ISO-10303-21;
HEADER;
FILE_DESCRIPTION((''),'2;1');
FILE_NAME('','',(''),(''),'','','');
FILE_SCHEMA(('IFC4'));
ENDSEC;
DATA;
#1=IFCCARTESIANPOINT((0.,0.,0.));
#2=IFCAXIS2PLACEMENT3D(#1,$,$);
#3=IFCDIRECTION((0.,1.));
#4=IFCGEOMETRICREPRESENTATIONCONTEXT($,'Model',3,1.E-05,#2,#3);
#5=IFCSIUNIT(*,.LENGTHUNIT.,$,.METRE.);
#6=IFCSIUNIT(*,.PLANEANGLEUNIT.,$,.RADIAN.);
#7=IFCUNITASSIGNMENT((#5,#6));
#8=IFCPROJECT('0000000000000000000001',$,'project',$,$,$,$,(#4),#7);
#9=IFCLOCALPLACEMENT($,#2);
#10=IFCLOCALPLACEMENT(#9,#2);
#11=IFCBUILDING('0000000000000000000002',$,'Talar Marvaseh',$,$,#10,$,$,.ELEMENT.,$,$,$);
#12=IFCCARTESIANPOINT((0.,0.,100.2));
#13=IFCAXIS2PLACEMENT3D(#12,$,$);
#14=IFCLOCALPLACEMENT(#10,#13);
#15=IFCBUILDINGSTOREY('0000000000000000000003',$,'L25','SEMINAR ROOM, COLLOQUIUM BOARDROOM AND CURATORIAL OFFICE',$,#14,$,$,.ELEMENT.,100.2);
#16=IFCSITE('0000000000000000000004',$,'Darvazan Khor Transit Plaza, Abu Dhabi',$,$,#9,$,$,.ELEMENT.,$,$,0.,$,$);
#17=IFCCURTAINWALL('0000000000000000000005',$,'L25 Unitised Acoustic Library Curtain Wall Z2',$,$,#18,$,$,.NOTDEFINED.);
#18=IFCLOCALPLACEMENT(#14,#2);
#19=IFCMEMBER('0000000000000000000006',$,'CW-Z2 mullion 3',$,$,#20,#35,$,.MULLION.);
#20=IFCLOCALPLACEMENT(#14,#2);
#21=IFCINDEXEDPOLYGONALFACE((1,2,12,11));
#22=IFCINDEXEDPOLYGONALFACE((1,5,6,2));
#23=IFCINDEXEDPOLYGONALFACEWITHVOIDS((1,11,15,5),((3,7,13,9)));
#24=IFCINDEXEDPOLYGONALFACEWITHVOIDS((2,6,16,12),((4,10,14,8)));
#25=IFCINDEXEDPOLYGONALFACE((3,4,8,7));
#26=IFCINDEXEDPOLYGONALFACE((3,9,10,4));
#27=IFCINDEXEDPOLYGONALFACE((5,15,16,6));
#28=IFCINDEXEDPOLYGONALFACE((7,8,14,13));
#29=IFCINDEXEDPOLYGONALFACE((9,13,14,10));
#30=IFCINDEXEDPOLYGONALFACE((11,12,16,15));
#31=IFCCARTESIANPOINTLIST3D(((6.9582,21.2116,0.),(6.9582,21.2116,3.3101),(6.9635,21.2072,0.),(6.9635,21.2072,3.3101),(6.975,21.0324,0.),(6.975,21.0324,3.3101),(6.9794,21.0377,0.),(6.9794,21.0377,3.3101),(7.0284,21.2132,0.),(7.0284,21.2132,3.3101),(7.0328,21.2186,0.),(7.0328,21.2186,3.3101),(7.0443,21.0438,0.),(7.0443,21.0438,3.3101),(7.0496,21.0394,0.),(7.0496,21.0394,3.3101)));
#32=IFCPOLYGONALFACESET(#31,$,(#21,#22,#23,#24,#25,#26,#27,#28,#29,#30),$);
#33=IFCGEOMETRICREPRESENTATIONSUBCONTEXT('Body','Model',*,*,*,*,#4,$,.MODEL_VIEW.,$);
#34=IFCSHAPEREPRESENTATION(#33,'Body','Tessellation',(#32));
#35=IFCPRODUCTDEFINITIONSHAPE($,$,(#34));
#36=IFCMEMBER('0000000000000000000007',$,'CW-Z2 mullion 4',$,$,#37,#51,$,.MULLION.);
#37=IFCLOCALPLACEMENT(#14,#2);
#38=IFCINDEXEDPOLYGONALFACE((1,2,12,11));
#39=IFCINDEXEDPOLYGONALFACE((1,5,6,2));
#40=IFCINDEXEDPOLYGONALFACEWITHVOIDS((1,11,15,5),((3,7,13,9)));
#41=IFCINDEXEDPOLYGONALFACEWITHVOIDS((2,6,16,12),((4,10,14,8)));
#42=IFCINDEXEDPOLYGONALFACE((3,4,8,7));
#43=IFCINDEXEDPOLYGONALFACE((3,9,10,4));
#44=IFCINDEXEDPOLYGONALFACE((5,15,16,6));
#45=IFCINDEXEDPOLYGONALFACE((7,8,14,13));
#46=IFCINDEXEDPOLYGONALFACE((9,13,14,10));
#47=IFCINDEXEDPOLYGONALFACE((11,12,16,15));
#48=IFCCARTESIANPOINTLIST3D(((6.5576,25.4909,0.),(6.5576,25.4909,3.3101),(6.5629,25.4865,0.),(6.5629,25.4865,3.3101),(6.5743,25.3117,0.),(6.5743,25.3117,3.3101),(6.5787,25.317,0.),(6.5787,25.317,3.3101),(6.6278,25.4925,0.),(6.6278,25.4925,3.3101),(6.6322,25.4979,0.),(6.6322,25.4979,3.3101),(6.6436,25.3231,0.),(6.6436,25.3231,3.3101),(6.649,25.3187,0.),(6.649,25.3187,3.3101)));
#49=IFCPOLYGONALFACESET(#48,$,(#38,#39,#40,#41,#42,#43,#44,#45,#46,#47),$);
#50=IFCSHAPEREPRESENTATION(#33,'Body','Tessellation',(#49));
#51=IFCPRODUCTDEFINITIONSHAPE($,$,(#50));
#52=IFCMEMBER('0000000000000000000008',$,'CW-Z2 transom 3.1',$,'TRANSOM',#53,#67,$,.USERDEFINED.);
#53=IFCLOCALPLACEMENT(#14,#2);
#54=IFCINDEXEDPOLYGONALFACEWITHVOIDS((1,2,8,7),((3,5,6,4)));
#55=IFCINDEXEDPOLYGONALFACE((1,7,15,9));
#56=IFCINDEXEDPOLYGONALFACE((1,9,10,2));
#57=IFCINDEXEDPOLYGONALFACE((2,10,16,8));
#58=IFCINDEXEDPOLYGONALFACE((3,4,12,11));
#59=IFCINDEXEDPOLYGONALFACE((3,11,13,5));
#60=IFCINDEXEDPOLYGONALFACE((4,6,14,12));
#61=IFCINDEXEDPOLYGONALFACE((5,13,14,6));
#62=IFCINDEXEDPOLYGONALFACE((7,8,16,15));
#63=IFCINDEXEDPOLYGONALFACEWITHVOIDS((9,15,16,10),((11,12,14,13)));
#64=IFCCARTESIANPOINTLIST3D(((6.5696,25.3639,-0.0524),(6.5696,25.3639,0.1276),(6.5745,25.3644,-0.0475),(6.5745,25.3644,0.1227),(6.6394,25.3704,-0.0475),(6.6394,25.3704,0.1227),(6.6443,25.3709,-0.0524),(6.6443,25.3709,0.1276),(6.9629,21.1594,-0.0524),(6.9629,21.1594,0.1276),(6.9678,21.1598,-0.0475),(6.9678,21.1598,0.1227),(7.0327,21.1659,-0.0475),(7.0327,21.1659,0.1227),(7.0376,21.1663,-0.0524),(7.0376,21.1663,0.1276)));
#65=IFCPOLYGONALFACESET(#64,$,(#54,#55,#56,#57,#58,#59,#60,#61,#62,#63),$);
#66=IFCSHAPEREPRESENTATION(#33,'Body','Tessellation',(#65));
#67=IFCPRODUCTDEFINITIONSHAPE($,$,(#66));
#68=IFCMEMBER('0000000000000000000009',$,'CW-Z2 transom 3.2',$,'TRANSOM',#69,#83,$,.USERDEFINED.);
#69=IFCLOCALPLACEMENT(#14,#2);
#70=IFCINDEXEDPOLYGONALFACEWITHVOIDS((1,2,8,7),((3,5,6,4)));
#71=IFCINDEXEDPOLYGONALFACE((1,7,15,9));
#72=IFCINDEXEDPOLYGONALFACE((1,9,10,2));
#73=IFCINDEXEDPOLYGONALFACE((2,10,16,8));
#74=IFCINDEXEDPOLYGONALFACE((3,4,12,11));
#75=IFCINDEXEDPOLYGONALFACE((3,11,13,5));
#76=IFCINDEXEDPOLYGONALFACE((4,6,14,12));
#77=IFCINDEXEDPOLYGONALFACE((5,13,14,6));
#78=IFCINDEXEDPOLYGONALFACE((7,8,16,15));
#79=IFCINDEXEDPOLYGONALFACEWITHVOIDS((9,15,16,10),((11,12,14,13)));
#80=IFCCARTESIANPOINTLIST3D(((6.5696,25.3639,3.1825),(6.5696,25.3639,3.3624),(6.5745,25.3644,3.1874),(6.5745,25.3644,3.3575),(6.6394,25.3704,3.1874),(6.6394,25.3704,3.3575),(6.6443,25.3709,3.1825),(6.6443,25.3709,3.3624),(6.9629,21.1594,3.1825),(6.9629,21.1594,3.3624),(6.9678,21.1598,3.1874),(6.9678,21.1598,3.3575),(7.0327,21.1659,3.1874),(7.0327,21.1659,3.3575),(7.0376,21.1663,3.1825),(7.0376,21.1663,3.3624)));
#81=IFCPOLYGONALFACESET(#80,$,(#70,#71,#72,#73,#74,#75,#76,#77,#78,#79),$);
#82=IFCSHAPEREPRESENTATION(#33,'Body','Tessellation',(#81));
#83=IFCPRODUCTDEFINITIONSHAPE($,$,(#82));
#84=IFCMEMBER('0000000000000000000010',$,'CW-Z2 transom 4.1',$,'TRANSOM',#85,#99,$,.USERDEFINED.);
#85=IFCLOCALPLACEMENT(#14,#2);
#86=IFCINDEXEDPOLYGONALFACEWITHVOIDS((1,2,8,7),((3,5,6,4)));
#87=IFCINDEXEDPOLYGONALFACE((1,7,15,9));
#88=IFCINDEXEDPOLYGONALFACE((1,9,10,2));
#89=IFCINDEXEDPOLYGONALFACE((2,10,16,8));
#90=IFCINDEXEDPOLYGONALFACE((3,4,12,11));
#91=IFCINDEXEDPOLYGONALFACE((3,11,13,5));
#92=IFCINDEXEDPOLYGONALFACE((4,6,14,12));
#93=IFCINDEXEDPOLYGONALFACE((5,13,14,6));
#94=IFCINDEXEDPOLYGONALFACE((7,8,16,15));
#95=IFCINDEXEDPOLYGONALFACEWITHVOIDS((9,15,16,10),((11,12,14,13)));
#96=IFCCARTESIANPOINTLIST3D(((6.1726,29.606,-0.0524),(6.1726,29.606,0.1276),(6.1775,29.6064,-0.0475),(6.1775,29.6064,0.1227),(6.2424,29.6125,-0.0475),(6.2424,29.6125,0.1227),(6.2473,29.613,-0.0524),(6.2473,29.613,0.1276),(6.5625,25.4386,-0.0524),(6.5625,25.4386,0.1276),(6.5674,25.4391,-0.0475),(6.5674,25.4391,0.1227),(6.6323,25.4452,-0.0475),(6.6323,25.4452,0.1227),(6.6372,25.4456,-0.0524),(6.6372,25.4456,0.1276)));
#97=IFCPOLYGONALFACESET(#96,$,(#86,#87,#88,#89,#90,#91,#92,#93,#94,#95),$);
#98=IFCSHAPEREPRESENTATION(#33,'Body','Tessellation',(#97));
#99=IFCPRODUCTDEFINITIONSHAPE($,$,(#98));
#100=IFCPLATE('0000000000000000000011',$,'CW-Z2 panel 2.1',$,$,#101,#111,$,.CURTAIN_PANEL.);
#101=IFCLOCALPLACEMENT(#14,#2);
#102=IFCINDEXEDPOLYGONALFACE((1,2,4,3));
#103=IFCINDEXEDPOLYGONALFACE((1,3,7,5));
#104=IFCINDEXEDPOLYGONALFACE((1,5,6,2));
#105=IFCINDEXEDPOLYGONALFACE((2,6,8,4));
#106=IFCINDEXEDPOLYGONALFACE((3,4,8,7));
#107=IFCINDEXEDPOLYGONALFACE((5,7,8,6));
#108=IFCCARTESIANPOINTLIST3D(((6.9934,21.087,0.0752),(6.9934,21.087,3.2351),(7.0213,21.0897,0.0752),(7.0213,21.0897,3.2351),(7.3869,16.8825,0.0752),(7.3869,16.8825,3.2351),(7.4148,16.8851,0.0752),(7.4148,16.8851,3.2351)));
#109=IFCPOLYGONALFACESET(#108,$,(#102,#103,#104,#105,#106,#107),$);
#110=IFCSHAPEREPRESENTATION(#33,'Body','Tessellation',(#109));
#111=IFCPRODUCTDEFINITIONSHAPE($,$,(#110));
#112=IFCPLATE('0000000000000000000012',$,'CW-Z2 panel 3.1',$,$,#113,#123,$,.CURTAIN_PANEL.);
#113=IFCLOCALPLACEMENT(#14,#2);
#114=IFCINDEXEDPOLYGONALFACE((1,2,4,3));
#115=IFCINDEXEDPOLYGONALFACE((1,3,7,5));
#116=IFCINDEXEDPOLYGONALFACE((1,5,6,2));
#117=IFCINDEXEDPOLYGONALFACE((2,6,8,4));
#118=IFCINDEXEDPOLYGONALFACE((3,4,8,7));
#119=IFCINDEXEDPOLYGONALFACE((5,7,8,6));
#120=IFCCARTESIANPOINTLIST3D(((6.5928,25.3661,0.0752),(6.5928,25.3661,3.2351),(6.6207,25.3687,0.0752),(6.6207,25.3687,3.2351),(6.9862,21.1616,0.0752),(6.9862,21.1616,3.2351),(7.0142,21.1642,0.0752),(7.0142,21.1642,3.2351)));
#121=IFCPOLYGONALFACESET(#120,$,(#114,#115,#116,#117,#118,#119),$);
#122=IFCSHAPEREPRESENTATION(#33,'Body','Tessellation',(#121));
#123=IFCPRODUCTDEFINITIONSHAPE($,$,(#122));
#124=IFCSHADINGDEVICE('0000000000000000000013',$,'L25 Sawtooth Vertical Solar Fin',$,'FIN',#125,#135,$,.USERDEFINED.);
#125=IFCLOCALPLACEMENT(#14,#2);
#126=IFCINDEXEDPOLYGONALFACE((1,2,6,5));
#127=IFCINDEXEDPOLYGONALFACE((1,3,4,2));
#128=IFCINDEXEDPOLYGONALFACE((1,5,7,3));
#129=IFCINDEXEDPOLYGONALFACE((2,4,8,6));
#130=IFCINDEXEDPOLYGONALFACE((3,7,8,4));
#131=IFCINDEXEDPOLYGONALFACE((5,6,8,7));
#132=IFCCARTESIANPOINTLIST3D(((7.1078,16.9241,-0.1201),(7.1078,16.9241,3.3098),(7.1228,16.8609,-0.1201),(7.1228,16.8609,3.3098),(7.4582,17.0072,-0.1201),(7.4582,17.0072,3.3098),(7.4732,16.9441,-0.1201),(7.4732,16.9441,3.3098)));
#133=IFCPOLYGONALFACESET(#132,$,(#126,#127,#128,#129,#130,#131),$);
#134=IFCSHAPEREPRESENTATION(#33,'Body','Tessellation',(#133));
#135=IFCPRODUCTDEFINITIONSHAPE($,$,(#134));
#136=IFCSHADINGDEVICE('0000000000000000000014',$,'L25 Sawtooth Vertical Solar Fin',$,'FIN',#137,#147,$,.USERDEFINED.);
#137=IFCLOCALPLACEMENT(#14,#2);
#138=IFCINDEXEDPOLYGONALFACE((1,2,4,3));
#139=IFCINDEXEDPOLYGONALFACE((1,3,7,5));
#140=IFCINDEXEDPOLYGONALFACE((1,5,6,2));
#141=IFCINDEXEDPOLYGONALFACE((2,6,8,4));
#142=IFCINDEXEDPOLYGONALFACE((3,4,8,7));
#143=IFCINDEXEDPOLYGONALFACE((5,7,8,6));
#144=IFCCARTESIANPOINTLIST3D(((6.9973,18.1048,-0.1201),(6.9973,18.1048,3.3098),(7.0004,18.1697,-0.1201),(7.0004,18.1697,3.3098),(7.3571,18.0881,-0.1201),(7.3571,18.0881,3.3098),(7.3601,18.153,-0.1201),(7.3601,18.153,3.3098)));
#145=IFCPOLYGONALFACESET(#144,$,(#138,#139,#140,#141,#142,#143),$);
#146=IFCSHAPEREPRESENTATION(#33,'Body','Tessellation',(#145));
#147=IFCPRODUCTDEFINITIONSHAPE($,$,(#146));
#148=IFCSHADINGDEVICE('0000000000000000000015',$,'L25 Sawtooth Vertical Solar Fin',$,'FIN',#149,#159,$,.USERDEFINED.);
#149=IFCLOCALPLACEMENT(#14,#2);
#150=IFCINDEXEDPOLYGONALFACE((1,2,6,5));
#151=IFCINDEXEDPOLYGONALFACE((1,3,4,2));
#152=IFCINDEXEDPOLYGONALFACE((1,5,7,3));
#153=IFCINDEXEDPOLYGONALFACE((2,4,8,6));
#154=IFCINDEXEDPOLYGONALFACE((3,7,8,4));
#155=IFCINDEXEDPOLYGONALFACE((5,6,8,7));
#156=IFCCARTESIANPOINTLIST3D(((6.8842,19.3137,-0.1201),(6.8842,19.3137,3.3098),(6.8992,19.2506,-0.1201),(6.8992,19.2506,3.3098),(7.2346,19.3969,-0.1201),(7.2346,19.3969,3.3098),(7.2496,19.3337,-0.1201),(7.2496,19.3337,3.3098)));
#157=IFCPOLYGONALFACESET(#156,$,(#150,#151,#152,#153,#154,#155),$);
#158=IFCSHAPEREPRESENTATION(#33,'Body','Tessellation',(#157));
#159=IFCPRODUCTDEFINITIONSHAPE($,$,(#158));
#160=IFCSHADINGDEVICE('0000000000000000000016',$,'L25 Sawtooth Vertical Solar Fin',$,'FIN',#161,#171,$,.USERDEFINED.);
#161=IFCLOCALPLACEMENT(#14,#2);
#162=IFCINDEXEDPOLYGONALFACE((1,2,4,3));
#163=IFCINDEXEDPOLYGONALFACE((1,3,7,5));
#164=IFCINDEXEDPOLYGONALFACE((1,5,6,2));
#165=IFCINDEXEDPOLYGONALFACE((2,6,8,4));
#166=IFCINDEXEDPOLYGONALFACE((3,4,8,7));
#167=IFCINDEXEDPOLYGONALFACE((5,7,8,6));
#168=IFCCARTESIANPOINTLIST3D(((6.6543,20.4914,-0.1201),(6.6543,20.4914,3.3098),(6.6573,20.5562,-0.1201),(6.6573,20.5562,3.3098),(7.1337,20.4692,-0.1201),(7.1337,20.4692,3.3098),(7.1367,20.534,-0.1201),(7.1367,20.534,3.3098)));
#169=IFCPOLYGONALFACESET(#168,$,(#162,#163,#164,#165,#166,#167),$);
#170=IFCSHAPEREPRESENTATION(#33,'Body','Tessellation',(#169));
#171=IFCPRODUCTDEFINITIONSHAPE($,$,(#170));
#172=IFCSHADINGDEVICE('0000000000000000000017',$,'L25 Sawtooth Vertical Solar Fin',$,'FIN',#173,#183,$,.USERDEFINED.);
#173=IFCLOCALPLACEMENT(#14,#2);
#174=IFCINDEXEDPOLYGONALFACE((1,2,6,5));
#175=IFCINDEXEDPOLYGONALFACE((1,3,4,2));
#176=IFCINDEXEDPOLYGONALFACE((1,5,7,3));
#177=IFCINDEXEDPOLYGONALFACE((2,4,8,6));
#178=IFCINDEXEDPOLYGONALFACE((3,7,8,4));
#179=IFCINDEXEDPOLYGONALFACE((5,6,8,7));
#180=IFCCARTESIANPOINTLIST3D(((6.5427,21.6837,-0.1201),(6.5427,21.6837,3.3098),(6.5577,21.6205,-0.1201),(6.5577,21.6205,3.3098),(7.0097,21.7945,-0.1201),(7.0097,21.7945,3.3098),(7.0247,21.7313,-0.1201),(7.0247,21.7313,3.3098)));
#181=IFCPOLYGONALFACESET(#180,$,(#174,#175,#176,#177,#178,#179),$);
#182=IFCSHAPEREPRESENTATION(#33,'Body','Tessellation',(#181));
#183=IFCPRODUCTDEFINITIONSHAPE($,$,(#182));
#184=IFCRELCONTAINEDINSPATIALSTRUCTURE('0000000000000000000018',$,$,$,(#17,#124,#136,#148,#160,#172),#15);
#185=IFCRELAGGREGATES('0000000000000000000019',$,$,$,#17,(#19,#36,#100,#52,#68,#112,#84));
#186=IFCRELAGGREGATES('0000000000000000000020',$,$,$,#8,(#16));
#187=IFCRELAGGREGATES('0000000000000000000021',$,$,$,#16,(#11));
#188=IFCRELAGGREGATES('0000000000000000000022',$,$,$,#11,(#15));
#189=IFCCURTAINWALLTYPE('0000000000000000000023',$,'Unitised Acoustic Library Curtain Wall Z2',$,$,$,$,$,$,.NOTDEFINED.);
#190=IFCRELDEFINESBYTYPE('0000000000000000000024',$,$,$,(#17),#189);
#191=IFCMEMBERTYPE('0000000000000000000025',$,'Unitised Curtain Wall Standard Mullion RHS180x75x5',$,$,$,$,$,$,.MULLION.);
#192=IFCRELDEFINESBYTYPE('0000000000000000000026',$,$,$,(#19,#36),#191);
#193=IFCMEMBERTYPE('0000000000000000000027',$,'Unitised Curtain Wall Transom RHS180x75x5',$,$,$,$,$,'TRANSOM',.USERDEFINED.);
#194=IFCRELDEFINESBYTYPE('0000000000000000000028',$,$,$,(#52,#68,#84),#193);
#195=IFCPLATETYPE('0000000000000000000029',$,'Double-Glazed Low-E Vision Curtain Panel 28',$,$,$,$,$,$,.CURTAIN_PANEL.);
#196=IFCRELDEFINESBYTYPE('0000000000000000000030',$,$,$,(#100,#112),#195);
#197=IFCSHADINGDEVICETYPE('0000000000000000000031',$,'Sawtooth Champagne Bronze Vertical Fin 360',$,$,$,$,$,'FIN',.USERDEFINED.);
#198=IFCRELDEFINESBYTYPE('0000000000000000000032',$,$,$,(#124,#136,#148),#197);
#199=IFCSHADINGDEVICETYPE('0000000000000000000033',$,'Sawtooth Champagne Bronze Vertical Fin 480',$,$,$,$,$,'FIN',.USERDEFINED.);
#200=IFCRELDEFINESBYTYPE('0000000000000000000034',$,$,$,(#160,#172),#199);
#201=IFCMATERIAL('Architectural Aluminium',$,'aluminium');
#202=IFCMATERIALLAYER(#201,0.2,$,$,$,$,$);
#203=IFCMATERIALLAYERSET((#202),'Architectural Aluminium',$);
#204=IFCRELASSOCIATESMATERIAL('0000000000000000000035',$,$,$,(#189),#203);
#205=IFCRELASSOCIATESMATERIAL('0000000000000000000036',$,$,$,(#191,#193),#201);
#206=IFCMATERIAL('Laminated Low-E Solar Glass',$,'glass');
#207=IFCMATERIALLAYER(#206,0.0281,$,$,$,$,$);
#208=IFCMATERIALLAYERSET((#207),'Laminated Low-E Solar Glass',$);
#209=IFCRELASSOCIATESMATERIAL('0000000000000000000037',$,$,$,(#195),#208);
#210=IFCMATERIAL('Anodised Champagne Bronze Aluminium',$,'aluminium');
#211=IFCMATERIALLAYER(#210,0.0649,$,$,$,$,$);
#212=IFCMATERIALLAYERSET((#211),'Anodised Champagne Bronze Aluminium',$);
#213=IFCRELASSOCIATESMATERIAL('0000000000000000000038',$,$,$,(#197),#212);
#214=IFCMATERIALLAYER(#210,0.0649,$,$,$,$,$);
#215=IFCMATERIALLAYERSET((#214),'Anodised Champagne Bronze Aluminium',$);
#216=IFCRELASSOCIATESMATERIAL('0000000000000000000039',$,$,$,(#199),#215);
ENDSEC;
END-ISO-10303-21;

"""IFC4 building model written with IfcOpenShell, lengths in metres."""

from ifc_helpers import new_model, si_unit, direction, frame, origin, origin_2d, place, context, subcontext, project, spatial, rectangle, hollow_rectangle, extrude, source, transform, mapped, material, layer, layer_set, material_profile, profile_set, type_object, type_shapes, element, aggregate, save


model = new_model("IFC4")

# Units and contexts
model_context = context("Model", 3, precision=1e-05, world=origin(), true_north=direction((0.0, 1.0)))
body_context = subcontext(model_context, "Body", "Model", "MODEL_VIEW")
ifc_project = project(units=[si_unit("LENGTHUNIT", "METRE"), si_unit("PLANEANGLEUNIT", "RADIAN")], contexts=[model_context])

# Site, building, storey
site_placement = place(None, origin())
site = spatial("IfcSite", under=ifc_project, at=site_placement, Name="Darvazan Khor Transit Plaza, Abu Dhabi", CompositionType="ELEMENT", RefElevation=0.0)
building_placement = place(site_placement, origin())
building = spatial("IfcBuilding", under=site, at=building_placement, Name="Talar Marvaseh", CompositionType="ELEMENT")
storey_placement = place(building_placement, frame((0.0, 0.0, 100.2)))
storey = spatial("IfcBuildingStorey", under=building, at=storey_placement, Name="L25", Description="SEMINAR ROOM, COLLOQUIUM BOARDROOM AND CURATORIAL OFFICE", CompositionType="ELEMENT", Elevation=100.2)

# Curtain wall, members, plates
ifc_material_1 = material(Name="Architectural Aluminium", Category="aluminium")
ifc_layer_1 = layer(ifc_material_1, 0.2)
ifc_layer_set_1 = layer_set([ifc_layer_1], Name="Architectural Aluminium")
curtain_wall_type = type_object("IfcCurtainWallType", Name="Unitised Acoustic Library Curtain Wall Z2", PredefinedType="NOTDEFINED", material=ifc_layer_set_1)
curtain_wall_placement = place(storey_placement, origin())
curtain_wall = element("IfcCurtainWall", 1, at=curtain_wall_placement, inside=storey, type_object=curtain_wall_type, Name="L25 Unitised Acoustic Library Curtain Wall Z2", PredefinedType="NOTDEFINED")
ifc_material_profile_1 = material_profile(ifc_material_1, hollow_rectangle(XDim=0.075, YDim=0.1799, WallThickness=0.0049, at=origin_2d()), Name="RHS180x75x5")
ifc_profile_set_1 = profile_set([ifc_material_profile_1], Name="Architectural Aluminium")
member_type_1 = type_object("IfcMemberType", Name="Unitised Curtain Wall Standard Mullion RHS180x75x5", PredefinedType="MULLION", material=ifc_profile_set_1)
shared_shape_1 = source(origin(), body_context, "Body", "SweptSolid", [
    extrude(hollow_rectangle(XDim=0.075, YDim=0.1799, WallThickness=0.0049, at=origin_2d()), origin(), (0.0, 0.0, 1.0), 3.3101),
])
type_shapes(member_type_1, [shared_shape_1])
member_1_placement = place(storey_placement, frame((7.0039, 21.1255, 0.0), z_axis=(0.0, 0.0, 1.0), x_axis=(-0.99565, -0.093173, 0.0)))
member_1 = element("IfcMember", 2, at=member_1_placement, type_object=member_type_1, Name="CW-Z2 mullion 3", PredefinedType="MULLION", context=body_context, shape_type="MappedRepresentation", body=[
    mapped(shared_shape_1, transform((0.0, 0.0, 0.0), x_axis=(1.0, 0.0, 0.0), y_axis=(0.0, 1.0, 0.0), z_axis=(0.0, 0.0, 1.0), scale=1.0)),
])
member_2_placement = place(storey_placement, frame((6.6033, 25.4048, 0.0), z_axis=(0.0, 0.0, 1.0), x_axis=(-0.99565, -0.093173, 0.0)))
member_2 = element("IfcMember", 3, at=member_2_placement, type_object=member_type_1, Name="CW-Z2 mullion 4", PredefinedType="MULLION", context=body_context, shape_type="MappedRepresentation", body=[
    mapped(shared_shape_1, transform((0.0, 0.0, 0.0), x_axis=(1.0, 0.0, 0.0), y_axis=(0.0, 1.0, 0.0), z_axis=(0.0, 0.0, 1.0), scale=1.0)),
])
ifc_material_profile_2 = material_profile(ifc_material_1, hollow_rectangle(XDim=0.075, YDim=0.1799, WallThickness=0.0049, at=origin_2d()), Name="RHS180x75x5")
ifc_profile_set_2 = profile_set([ifc_material_profile_2], Name="Architectural Aluminium")
member_type_2 = type_object("IfcMemberType", Name="Unitised Curtain Wall Transom RHS180x75x5", ElementType="TRANSOM", PredefinedType="USERDEFINED", material=ifc_profile_set_2)
shared_shape_2 = source(origin(), body_context, "Body", "SweptSolid", [
    extrude(hollow_rectangle(XDim=0.075, YDim=0.1799, WallThickness=0.0049, at=origin_2d()), origin(), (0.0, 0.0, 1.0), 4.2229),
])
member_3_placement = place(storey_placement, frame((7.0002, 21.1628, 0.0376), z_axis=(-0.093137, 0.995653, 0.0), x_axis=(-0.995653, -0.093137, 0.0)))
member_3 = element("IfcMember", 4, at=member_3_placement, type_object=member_type_2, Name="CW-Z2 transom 3.1", ObjectType="TRANSOM", PredefinedType="USERDEFINED", context=body_context, shape_type="MappedRepresentation", body=[
    mapped(shared_shape_2, transform((0.0, 0.0, 0.0), x_axis=(1.0, 0.0, 0.0), y_axis=(0.0, 1.0, 0.0), z_axis=(0.0, 0.0, 1.0), scale=1.0)),
])
member_4_placement = place(storey_placement, frame((7.0002, 21.1628, 3.2725), z_axis=(-0.093137, 0.995653, 0.0), x_axis=(-0.995653, -0.093137, 0.0)))
member_4 = element("IfcMember", 5, at=member_4_placement, type_object=member_type_2, Name="CW-Z2 transom 3.2", ObjectType="TRANSOM", PredefinedType="USERDEFINED", context=body_context, shape_type="MappedRepresentation", body=[
    mapped(shared_shape_2, transform((0.0, 0.0, 0.0), x_axis=(1.0, 0.0, 0.0), y_axis=(0.0, 1.0, 0.0), z_axis=(0.0, 0.0, 1.0), scale=1.0)),
])
shared_shape_3 = source(origin(), body_context, "Body", "SweptSolid", [
    extrude(hollow_rectangle(XDim=0.075, YDim=0.1799, WallThickness=0.0049, at=origin_2d()), origin(), (0.0, 0.0, 1.0), 4.1855),
])
type_shapes(member_type_2, [shared_shape_2, shared_shape_3])
member_5_placement = place(storey_placement, frame((6.5999, 25.4421, 0.0376), z_axis=(-0.093155, 0.995652, 0.0), x_axis=(-0.995652, -0.093155, 0.0)))
member_5 = element("IfcMember", 6, at=member_5_placement, type_object=member_type_2, Name="CW-Z2 transom 4.1", ObjectType="TRANSOM", PredefinedType="USERDEFINED", context=body_context, shape_type="MappedRepresentation", body=[
    mapped(shared_shape_3, transform((0.0, 0.0, 0.0), x_axis=(1.0, 0.0, 0.0), y_axis=(0.0, 1.0, 0.0), z_axis=(0.0, 0.0, 1.0), scale=1.0)),
])
ifc_material_2 = material(Name="Laminated Low-E Solar Glass", Category="glass")
ifc_layer_2 = layer(ifc_material_2, 0.0281)
ifc_layer_set_2 = layer_set([ifc_layer_2], Name="Laminated Low-E Solar Glass")
plate_type = type_object("IfcPlateType", Name="Double-Glazed Low-E Vision Curtain Panel 28", PredefinedType="CURTAIN_PANEL", material=ifc_layer_set_2)
shared_shape_4 = source(origin(), body_context, "Body", "SweptSolid", [
    extrude(rectangle(XDim=4.2229, YDim=0.0281, at=origin_2d()), origin(), (0.0, 0.0, 1.0), 3.1599),
])
type_shapes(plate_type, [shared_shape_4])
plate_1_placement = place(storey_placement, frame((7.2041, 18.9861, 0.0752), z_axis=(0.0, 0.0, 1.0), x_axis=(-0.093173, 0.99565, 0.0)))
plate_1 = element("IfcPlate", 7, at=plate_1_placement, type_object=plate_type, Name="CW-Z2 panel 2.1", PredefinedType="CURTAIN_PANEL", context=body_context, shape_type="MappedRepresentation", body=[
    mapped(shared_shape_4, transform((0.0, 0.0, 0.0), x_axis=(1.0, 0.0, 0.0), y_axis=(0.0, 1.0, 0.0), z_axis=(0.0, 0.0, 1.0), scale=1.0)),
])
plate_2_placement = place(storey_placement, frame((6.8035, 23.2651, 0.0752), z_axis=(0.0, 0.0, 1.0), x_axis=(-0.093173, 0.99565, 0.0)))
plate_2 = element("IfcPlate", 8, at=plate_2_placement, type_object=plate_type, Name="CW-Z2 panel 3.1", PredefinedType="CURTAIN_PANEL", context=body_context, shape_type="MappedRepresentation", body=[
    mapped(shared_shape_4, transform((0.0, 0.0, 0.0), x_axis=(1.0, 0.0, 0.0), y_axis=(0.0, 1.0, 0.0), z_axis=(0.0, 0.0, 1.0), scale=1.0)),
])
aggregate(curtain_wall, [member_1, member_2, plate_1, member_3, member_4, plate_2, member_5])

# Shading devices
ifc_material_3 = material(Name="Anodised Champagne Bronze Aluminium", Category="aluminium")
ifc_layer_3 = layer(ifc_material_3, 0.0649)
ifc_layer_set_3 = layer_set([ifc_layer_3], Name="Anodised Champagne Bronze Aluminium")
shading_device_type_1 = type_object("IfcShadingDeviceType", Name="Sawtooth Champagne Bronze Vertical Fin 360", ElementType="FIN", PredefinedType="USERDEFINED", material=ifc_layer_set_3)
shared_shape_5 = source(origin(), body_context, "Body", "SweptSolid", [
    extrude(rectangle(XDim=0.3601, YDim=0.0649, at=origin_2d()), origin(), (0.0, 0.0, 1.0), 3.4299),
])
type_shapes(shading_device_type_1, [shared_shape_5])
for number, where, z_axis, x_axis, name in (
    (9, (7.2905, 16.9341, -0.1201), (0.0, 0.0, 1.0), (-0.972978, -0.230899, 0.0), "L25 Sawtooth Vertical Solar Fin"),
    (10, (7.1787, 18.1289, -0.1201), (0.0, 0.0, 1.0), (-0.998931, 0.046235, 0.0), "L25 Sawtooth Vertical Solar Fin"),
    (11, (7.0669, 19.3237, -0.1201), (0.0, 0.0, 1.0), (-0.972978, -0.230899, 0.0), "L25 Sawtooth Vertical Solar Fin"),
):
    element("IfcShadingDevice", number, at=place(storey_placement, frame(where, z_axis=z_axis, x_axis=x_axis)), inside=storey, type_object=shading_device_type_1, Name=name, ObjectType="FIN", PredefinedType="USERDEFINED", context=body_context, shape_type="MappedRepresentation", body=[
        mapped(shared_shape_5, transform((0.0, 0.0, 0.0), x_axis=(1.0, 0.0, 0.0), y_axis=(0.0, 1.0, 0.0), z_axis=(0.0, 0.0, 1.0), scale=1.0)),
    ])
ifc_layer_4 = layer(ifc_material_3, 0.0649)
ifc_layer_set_4 = layer_set([ifc_layer_4], Name="Anodised Champagne Bronze Aluminium")
shading_device_type_2 = type_object("IfcShadingDeviceType", Name="Sawtooth Champagne Bronze Vertical Fin 480", ElementType="FIN", PredefinedType="USERDEFINED", material=ifc_layer_set_4)
shared_shape_6 = source(origin(), body_context, "Body", "SweptSolid", [
    extrude(rectangle(XDim=0.48, YDim=0.0649, at=origin_2d()), origin(), (0.0, 0.0, 1.0), 3.4299),
])
type_shapes(shading_device_type_2, [shared_shape_6])
for number, where, z_axis, x_axis, name in (
    (12, (6.8955, 20.5127, -0.1201), (0.0, 0.0, 1.0), (-0.998931, 0.046235, 0.0), "L25 Sawtooth Vertical Solar Fin"),
    (13, (6.7837, 21.7075, -0.1201), (0.0, 0.0, 1.0), (-0.972978, -0.230899, 0.0), "L25 Sawtooth Vertical Solar Fin"),
):
    element("IfcShadingDevice", number, at=place(storey_placement, frame(where, z_axis=z_axis, x_axis=x_axis)), inside=storey, type_object=shading_device_type_2, Name=name, ObjectType="FIN", PredefinedType="USERDEFINED", context=body_context, shape_type="MappedRepresentation", body=[
        mapped(shared_shape_6, transform((0.0, 0.0, 0.0), x_axis=(1.0, 0.0, 0.0), y_axis=(0.0, 1.0, 0.0), z_axis=(0.0, 0.0, 1.0), scale=1.0)),
    ])

save(model, "model.ifc")
